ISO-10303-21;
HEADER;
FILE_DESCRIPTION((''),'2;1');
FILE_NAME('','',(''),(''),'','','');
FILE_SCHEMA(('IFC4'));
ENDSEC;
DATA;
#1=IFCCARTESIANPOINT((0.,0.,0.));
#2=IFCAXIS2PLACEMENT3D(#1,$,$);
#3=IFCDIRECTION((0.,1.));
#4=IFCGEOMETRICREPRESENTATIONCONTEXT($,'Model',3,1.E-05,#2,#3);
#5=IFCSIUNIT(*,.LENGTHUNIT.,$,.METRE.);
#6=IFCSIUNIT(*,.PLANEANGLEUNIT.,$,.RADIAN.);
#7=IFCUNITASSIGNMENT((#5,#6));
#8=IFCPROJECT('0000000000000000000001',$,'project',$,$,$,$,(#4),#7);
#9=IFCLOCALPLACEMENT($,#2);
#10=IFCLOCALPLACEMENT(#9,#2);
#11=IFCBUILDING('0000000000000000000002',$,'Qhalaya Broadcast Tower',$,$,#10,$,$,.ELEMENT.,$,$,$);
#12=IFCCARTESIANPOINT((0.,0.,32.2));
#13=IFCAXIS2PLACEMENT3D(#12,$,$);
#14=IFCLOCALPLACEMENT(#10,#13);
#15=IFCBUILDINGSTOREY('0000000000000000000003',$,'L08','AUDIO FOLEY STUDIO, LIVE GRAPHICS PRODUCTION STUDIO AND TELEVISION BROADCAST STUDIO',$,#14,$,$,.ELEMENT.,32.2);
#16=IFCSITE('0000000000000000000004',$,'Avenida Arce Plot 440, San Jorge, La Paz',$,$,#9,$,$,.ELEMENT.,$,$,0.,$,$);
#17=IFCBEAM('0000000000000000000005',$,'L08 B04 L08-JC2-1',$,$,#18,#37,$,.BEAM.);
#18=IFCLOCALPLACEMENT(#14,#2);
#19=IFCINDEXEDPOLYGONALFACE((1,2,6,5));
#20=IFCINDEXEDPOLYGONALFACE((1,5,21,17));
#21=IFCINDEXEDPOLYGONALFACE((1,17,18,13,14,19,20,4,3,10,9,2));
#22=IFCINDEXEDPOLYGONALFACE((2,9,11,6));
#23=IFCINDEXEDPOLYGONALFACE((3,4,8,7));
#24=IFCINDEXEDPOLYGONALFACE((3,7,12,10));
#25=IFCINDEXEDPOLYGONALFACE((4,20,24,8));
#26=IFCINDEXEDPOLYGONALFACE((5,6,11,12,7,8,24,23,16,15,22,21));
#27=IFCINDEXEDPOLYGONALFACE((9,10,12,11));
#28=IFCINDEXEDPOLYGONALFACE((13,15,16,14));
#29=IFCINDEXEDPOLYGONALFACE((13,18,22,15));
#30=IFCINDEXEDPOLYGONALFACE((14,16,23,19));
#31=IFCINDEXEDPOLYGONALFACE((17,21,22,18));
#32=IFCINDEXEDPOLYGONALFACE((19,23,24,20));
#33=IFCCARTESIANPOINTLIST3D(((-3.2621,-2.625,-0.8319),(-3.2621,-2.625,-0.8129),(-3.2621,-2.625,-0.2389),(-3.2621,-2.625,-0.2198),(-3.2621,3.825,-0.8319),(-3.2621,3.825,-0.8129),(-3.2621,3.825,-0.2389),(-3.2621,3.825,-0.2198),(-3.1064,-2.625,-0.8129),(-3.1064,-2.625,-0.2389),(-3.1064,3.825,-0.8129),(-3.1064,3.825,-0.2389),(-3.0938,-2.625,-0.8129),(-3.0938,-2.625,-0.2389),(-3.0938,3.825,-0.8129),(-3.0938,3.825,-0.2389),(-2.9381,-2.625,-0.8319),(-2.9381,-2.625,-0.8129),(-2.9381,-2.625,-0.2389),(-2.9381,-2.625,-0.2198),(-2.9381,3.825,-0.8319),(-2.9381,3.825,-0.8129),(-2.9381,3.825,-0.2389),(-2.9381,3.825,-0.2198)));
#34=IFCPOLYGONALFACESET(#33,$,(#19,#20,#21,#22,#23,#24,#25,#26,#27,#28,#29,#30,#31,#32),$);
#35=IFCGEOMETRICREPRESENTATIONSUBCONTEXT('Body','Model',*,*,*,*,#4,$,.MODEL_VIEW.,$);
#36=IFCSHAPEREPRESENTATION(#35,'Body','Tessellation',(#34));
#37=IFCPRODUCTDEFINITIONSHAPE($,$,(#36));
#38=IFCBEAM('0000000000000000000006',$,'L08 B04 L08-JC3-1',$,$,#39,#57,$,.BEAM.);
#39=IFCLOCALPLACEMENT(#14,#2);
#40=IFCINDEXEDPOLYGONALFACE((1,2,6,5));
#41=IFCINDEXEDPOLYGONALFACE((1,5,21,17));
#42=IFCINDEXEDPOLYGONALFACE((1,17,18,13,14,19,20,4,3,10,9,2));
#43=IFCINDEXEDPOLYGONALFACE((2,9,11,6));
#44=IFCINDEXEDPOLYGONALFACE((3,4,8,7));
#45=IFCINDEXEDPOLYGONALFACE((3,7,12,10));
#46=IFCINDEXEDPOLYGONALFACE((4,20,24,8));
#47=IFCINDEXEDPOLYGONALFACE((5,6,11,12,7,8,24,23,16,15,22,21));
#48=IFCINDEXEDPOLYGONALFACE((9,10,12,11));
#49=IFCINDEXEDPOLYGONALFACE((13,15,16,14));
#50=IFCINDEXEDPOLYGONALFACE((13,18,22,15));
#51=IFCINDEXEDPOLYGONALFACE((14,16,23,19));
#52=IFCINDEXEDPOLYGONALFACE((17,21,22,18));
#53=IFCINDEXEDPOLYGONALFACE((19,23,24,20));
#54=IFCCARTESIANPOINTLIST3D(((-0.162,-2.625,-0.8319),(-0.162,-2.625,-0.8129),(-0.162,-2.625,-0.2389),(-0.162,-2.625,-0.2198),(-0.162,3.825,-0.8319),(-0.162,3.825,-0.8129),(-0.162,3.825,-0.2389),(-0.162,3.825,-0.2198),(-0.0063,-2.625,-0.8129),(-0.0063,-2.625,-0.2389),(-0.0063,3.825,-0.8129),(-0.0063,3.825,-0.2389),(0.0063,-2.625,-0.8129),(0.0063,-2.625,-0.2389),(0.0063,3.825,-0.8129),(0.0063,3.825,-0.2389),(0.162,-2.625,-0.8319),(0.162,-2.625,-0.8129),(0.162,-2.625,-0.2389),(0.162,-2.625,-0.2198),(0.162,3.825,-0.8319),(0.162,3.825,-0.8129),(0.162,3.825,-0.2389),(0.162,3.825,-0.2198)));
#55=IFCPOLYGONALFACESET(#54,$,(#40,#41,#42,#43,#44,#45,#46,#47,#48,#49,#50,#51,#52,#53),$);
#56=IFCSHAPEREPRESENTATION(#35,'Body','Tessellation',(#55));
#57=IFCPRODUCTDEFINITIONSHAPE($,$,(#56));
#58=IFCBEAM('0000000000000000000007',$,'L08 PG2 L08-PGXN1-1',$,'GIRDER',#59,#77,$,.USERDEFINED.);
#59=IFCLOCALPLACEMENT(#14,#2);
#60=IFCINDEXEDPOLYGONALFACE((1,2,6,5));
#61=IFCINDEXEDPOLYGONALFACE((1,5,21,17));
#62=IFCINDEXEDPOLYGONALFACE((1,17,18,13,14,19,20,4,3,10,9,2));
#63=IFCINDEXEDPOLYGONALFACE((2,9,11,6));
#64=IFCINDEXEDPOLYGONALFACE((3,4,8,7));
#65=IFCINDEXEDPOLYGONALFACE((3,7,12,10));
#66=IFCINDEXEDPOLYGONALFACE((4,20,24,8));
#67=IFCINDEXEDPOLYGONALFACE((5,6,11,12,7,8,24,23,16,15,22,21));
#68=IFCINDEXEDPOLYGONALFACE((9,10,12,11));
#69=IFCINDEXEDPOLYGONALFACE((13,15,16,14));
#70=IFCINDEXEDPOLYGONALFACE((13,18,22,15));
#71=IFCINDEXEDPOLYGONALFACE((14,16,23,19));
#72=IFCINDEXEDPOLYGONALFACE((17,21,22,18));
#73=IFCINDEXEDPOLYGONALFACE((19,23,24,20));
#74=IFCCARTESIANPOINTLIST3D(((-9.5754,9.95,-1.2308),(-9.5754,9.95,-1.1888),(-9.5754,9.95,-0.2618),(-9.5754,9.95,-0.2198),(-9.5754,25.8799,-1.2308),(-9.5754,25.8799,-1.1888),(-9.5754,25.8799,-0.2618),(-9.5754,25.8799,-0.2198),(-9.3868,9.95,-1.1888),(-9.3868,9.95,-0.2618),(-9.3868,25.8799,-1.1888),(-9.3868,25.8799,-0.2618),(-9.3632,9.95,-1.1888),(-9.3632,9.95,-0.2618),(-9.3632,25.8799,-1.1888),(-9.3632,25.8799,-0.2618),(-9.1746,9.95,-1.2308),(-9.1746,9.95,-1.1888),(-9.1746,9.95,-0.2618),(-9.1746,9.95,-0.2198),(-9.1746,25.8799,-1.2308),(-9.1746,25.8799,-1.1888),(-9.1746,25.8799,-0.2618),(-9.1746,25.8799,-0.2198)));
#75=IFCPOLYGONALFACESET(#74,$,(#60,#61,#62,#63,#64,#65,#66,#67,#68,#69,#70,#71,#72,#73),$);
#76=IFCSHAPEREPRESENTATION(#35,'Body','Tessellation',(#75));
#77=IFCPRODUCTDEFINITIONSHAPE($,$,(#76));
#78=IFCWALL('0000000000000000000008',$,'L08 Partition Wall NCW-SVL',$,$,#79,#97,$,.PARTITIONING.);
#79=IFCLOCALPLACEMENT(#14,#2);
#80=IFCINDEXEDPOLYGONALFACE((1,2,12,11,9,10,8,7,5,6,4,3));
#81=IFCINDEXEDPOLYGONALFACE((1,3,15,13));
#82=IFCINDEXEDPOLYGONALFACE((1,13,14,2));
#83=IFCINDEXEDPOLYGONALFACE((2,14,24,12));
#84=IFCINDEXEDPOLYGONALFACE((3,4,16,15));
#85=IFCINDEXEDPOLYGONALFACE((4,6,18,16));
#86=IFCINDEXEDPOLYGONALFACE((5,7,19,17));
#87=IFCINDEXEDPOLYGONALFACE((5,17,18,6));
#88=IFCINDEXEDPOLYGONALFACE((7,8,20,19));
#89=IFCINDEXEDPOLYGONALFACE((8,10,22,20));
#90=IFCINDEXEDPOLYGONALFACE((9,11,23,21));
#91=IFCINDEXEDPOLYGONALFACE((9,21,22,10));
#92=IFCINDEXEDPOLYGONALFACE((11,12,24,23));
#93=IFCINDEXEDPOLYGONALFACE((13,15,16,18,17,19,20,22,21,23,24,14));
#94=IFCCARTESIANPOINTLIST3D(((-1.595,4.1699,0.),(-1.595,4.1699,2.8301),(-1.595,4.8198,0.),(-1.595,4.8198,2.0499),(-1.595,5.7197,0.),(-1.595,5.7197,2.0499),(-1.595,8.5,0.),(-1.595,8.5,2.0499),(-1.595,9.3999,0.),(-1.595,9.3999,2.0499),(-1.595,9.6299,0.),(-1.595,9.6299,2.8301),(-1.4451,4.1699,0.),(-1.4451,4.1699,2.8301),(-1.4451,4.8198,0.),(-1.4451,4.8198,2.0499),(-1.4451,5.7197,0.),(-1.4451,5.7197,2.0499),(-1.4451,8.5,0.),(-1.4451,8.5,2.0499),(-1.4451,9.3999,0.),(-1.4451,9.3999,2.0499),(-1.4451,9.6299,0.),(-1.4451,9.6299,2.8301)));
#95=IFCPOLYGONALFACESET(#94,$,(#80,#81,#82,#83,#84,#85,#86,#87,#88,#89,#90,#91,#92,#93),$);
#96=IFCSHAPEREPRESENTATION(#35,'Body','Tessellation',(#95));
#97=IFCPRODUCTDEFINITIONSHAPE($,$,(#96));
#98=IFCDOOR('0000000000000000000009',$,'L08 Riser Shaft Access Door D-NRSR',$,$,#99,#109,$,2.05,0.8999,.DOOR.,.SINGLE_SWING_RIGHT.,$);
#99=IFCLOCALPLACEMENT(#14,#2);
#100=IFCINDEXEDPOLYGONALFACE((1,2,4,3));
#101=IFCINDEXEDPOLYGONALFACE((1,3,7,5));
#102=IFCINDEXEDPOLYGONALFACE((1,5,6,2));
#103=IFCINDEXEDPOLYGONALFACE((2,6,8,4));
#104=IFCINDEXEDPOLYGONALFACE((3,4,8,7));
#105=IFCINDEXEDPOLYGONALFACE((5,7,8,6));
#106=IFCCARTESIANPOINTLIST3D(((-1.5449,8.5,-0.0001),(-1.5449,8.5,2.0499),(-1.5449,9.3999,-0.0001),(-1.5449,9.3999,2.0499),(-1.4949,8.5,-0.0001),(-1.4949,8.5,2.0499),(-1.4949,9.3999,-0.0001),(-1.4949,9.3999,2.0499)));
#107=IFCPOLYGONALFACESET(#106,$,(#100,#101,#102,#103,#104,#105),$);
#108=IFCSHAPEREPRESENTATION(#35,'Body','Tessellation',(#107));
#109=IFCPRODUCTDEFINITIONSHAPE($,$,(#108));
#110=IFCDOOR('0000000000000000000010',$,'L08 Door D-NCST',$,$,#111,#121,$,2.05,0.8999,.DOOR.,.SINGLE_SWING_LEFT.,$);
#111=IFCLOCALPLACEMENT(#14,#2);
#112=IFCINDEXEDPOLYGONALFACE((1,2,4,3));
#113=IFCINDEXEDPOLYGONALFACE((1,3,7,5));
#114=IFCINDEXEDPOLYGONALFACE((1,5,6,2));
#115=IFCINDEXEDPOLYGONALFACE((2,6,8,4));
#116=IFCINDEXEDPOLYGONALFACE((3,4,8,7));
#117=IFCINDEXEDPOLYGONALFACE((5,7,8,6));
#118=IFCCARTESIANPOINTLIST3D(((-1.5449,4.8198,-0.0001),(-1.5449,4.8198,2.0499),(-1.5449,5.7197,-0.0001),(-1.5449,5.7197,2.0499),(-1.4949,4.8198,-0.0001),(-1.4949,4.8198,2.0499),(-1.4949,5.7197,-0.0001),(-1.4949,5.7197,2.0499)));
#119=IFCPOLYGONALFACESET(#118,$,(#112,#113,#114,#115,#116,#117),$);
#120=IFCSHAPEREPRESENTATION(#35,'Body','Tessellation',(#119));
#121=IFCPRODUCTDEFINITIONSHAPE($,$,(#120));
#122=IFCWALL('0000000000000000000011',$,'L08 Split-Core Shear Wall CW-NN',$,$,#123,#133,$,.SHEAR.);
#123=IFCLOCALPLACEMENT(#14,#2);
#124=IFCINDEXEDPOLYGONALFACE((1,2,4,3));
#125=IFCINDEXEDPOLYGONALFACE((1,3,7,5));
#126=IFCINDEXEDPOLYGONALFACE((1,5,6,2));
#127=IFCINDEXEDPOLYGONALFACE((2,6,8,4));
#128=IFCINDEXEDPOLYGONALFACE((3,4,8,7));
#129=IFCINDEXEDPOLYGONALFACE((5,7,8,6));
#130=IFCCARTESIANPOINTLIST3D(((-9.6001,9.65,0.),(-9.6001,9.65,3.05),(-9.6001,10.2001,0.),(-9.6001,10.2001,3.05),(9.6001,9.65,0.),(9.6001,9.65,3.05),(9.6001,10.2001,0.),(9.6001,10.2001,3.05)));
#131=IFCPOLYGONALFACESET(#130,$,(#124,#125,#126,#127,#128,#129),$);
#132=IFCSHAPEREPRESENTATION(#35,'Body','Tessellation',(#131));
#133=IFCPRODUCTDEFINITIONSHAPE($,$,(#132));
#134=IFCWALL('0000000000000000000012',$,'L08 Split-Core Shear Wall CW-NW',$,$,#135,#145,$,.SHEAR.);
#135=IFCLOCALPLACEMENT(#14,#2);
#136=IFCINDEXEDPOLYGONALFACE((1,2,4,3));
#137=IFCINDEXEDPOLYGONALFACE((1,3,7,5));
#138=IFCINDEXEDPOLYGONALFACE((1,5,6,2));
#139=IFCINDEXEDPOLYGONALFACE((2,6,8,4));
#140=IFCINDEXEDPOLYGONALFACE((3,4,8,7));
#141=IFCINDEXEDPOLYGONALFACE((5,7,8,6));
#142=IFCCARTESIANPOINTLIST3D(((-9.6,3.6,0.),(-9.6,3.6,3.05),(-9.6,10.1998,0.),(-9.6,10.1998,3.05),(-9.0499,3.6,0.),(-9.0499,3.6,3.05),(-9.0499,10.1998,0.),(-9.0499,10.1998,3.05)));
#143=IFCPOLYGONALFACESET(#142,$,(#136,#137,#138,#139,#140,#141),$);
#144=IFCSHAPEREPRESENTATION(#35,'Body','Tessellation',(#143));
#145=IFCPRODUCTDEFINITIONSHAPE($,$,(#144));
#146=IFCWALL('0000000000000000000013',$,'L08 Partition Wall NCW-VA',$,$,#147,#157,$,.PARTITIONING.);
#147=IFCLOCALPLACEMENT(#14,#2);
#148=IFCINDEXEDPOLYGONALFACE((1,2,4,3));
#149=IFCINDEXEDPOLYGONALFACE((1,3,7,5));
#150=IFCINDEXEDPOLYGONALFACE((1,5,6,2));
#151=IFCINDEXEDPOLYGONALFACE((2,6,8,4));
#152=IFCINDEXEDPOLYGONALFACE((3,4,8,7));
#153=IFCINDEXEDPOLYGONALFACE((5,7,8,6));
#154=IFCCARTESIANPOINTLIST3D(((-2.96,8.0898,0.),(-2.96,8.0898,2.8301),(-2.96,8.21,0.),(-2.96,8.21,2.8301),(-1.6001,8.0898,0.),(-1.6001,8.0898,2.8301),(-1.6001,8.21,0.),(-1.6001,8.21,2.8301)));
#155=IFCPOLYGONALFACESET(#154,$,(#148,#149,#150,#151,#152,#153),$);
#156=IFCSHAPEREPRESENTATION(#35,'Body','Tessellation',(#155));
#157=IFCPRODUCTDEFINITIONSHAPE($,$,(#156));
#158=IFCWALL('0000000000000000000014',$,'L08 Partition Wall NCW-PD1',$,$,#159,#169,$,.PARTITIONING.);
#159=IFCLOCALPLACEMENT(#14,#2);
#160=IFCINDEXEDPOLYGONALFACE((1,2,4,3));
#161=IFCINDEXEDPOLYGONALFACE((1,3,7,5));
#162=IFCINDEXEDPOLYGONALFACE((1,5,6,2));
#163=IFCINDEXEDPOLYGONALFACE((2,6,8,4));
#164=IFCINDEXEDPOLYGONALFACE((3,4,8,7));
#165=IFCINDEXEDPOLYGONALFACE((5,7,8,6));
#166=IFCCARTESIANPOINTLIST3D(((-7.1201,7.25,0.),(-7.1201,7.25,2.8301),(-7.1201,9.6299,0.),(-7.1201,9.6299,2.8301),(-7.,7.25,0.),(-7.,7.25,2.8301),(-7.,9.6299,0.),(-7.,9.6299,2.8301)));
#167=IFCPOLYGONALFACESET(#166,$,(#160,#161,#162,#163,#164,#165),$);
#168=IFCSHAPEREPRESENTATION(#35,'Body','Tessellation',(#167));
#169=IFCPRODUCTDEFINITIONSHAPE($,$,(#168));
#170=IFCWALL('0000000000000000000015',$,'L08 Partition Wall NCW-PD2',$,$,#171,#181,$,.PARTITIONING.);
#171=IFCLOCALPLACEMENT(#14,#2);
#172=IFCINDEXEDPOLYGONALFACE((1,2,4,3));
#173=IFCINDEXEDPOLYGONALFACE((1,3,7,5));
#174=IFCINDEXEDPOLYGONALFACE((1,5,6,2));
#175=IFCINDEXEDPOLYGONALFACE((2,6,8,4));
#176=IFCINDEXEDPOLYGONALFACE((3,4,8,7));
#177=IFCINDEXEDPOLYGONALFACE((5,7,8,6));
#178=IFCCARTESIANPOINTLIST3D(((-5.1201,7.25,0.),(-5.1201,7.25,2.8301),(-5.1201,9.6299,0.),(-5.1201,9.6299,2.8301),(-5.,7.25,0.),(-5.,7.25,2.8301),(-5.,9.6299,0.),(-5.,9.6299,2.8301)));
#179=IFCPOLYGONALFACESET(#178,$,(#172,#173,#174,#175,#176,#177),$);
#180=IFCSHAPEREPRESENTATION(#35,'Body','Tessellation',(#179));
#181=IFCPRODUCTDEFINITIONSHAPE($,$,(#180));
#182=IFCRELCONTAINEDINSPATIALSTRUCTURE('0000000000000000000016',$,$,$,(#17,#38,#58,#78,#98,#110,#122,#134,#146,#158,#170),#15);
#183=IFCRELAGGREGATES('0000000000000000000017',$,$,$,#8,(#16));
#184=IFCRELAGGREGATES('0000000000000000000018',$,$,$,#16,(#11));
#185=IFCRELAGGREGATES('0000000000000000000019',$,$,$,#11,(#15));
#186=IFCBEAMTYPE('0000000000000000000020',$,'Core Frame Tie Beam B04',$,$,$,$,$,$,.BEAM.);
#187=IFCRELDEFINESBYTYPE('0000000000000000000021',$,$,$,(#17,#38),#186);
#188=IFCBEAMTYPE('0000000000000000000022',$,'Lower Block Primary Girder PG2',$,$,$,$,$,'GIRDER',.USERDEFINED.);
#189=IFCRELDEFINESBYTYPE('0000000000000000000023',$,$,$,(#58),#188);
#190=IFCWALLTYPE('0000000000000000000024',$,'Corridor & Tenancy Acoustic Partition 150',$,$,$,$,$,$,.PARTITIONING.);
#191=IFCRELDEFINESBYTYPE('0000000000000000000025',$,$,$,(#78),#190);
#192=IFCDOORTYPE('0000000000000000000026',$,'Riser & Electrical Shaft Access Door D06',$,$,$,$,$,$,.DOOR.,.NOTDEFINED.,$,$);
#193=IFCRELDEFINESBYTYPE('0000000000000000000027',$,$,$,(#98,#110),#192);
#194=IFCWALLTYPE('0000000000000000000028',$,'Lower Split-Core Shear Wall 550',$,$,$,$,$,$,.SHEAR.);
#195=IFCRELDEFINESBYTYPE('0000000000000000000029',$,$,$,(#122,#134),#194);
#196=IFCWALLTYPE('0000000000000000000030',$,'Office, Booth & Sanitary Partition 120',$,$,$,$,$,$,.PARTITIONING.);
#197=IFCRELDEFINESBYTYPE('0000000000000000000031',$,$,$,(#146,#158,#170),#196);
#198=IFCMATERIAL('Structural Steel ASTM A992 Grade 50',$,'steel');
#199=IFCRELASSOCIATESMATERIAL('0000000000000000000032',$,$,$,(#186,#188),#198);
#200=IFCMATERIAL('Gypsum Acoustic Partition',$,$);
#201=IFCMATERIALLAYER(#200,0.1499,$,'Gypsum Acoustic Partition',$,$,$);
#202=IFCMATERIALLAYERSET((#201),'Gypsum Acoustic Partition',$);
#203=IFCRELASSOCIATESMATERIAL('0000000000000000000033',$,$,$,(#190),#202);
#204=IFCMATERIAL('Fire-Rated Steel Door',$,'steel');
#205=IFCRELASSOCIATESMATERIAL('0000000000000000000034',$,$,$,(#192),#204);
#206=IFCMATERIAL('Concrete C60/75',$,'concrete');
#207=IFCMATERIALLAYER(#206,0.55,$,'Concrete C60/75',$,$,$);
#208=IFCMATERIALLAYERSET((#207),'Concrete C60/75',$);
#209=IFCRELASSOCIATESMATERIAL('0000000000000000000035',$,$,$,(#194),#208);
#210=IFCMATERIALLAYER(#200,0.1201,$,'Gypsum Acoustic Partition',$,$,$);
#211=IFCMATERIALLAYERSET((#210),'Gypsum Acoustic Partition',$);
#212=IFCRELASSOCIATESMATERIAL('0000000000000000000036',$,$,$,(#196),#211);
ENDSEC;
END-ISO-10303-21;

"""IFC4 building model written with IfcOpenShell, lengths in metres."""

from ifc_helpers import new_model, si_unit, direction, frame, frame_2d, origin, origin_2d, place, context, subcontext, project, spatial, rectangle, i_section, extrude, material, layer, layer_set, material_profile, profile_set, type_object, element, fill, save


model = new_model("IFC4")

# Units and contexts
model_context = context("Model", 3, precision=1e-05, world=origin(), true_north=direction((0.0, 1.0)))
body_context = subcontext(model_context, "Body", "Model", "MODEL_VIEW")
ifc_project = project(units=[si_unit("LENGTHUNIT", "METRE"), si_unit("PLANEANGLEUNIT", "RADIAN")], contexts=[model_context])

# Site, building, storey
site_placement = place(None, origin())
site = spatial("IfcSite", under=ifc_project, at=site_placement, Name="Avenida Arce Plot 440, San Jorge, La Paz", CompositionType="ELEMENT", RefElevation=0.0)
building_placement = place(site_placement, origin())
building = spatial("IfcBuilding", under=site, at=building_placement, Name="Qhalaya Broadcast Tower", CompositionType="ELEMENT")
storey_placement = place(building_placement, frame((0.0, 0.0, 32.2)))
storey = spatial("IfcBuildingStorey", under=building, at=storey_placement, Name="L08", Description="AUDIO FOLEY STUDIO, LIVE GRAPHICS PRODUCTION STUDIO AND TELEVISION BROADCAST STUDIO", CompositionType="ELEMENT", Elevation=32.2)

# Beams
ifc_material_1 = material(Name="Structural Steel ASTM A992 Grade 50", Category="steel")
ifc_material_profile_1 = material_profile(ifc_material_1, i_section(OverallWidth=0.324, OverallDepth=0.6121, WebThickness=0.0127, FlangeThickness=0.019, at=origin_2d()), Name="W24X104")
ifc_profile_set_1 = profile_set([ifc_material_profile_1], Name="Structural Steel ASTM A992 Grade 50")
beam_type_1 = type_object("IfcBeamType", Name="Core Frame Tie Beam B04", PredefinedType="BEAM", material=ifc_profile_set_1)
for number, where, z_axis, x_axis, name in (
    (1, (-3.1001, -2.625, -0.5259), (0.0, 1.0, 0.0), (-1.0, 0.0, 0.0), "L08 B04 L08-JC2-1"),
    (2, (0.0, -2.625, -0.5259), (0.0, 1.0, 0.0), (-1.0, 0.0, 0.0), "L08 B04 L08-JC3-1"),
):
    element("IfcBeam", number, at=place(storey_placement, frame(where, z_axis=z_axis, x_axis=x_axis)), inside=storey, type_object=beam_type_1, Name=name, PredefinedType="BEAM", context=body_context, shape_type="SweptSolid", body=[
        extrude(i_section(OverallWidth=0.324, OverallDepth=0.6121, WebThickness=0.0127, FlangeThickness=0.019, at=origin_2d()), origin(), (0.0, 0.0, 1.0), 6.45),
    ])
ifc_material_profile_2 = material_profile(ifc_material_1, i_section(OverallWidth=0.4009, OverallDepth=1.011, WebThickness=0.0237, FlangeThickness=0.042, at=origin_2d()), Name="W40X297")
ifc_profile_set_2 = profile_set([ifc_material_profile_2], Name="Structural Steel ASTM A992 Grade 50")
beam_type_2 = type_object("IfcBeamType", Name="Lower Block Primary Girder PG2", ElementType="GIRDER", PredefinedType="USERDEFINED", material=ifc_profile_set_2)
beam_1_placement = place(storey_placement, frame((-9.375, 9.95, -0.7253), z_axis=(0.0, 1.0, 0.0), x_axis=(-1.0, 0.0, 0.0)))
element("IfcBeam", 3, at=beam_1_placement, inside=storey, type_object=beam_type_2, Name="L08 PG2 L08-PGXN1-1", ObjectType="GIRDER", PredefinedType="USERDEFINED", context=body_context, shape_type="SweptSolid", body=[
    extrude(i_section(OverallWidth=0.4009, OverallDepth=1.011, WebThickness=0.0237, FlangeThickness=0.042, at=origin_2d()), origin(), (0.0, 0.0, 1.0), 15.9299),
])

# Wall, openings, doors
ifc_material_2 = material(Name="Gypsum Acoustic Partition")
ifc_layer_1 = layer(ifc_material_2, 0.1499, Name="Gypsum Acoustic Partition")
ifc_layer_set_1 = layer_set([ifc_layer_1], Name="Gypsum Acoustic Partition")
wall_type_1 = type_object("IfcWallType", Name="Corridor & Tenancy Acoustic Partition 150", PredefinedType="PARTITIONING", material=ifc_layer_set_1)
wall_1_placement = place(storey_placement, frame((-1.52, 4.1699, 0.0), z_axis=(0.0, 0.0, 1.0), x_axis=(0.0, 1.0, 0.0)))
wall_1 = element("IfcWall", 4, at=wall_1_placement, inside=storey, type_object=wall_type_1, Name="L08 Partition Wall NCW-SVL", PredefinedType="PARTITIONING", context=body_context, shape_type="SweptSolid", body=[
    extrude(rectangle(XDim=5.46, YDim=0.1499, at=frame_2d((2.73, 0.0))), origin(), (0.0, 0.0, 1.0), 2.8301),
])
opening_1_placement = place(wall_1_placement, frame((4.3301, 0.0, 0.0)))
opening_1 = element("IfcOpeningElement", 5, at=opening_1_placement, cuts=wall_1, PredefinedType="OPENING", context=body_context, shape_type="SweptSolid", body=[
    extrude(rectangle(XDim=0.8999, YDim=2.05, at=frame_2d((0.45, 1.0249))), frame((0.0, 0.0869, 0.0), z_axis=(0.0, -1.0, 0.0), x_axis=(1.0, 0.0, 0.0)), (0.0, 0.0, 1.0), 0.1738),
])
opening_2_placement = place(wall_1_placement, frame((0.6499, 0.0, 0.0)))
opening_2 = element("IfcOpeningElement", 6, at=opening_2_placement, cuts=wall_1, PredefinedType="OPENING", context=body_context, shape_type="SweptSolid", body=[
    extrude(rectangle(XDim=0.8999, YDim=2.05, at=frame_2d((0.45, 1.0249))), frame((0.0, 0.0869, 0.0), z_axis=(0.0, -1.0, 0.0), x_axis=(1.0, 0.0, 0.0)), (0.0, 0.0, 1.0), 0.1738),
])
ifc_material_3 = material(Name="Fire-Rated Steel Door", Category="steel")
door_type_1 = type_object("IfcDoorType", Name="Riser & Electrical Shaft Access Door D06", OperationType="NOTDEFINED", PredefinedType="DOOR", material=ifc_material_3)
door_1_placement = place(opening_1_placement, origin())
door_1 = element("IfcDoor", 7, at=door_1_placement, inside=storey, type_object=door_type_1, Name="L08 Riser Shaft Access Door D-NRSR", OperationType="SINGLE_SWING_RIGHT", OverallHeight=2.05, OverallWidth=0.8999, PredefinedType="DOOR", context=body_context, shape_type="SweptSolid", body=[
    extrude(rectangle(XDim=0.8999, YDim=2.05, at=frame_2d((0.45, 1.0249))), frame((0.0, 0.0249, 0.0), z_axis=(0.0, -1.0, 0.0), x_axis=(1.0, 0.0, 0.0)), (0.0, 0.0, 1.0), 0.05),
])
fill(opening_1, door_1)
door_2_placement = place(opening_2_placement, origin())
door_2 = element("IfcDoor", 8, at=door_2_placement, inside=storey, type_object=door_type_1, Name="L08 Door D-NCST", OperationType="SINGLE_SWING_LEFT", OverallHeight=2.05, OverallWidth=0.8999, PredefinedType="DOOR", context=body_context, shape_type="SweptSolid", body=[
    extrude(rectangle(XDim=0.8999, YDim=2.05, at=frame_2d((0.45, 1.0249))), frame((0.0, 0.0249, 0.0), z_axis=(0.0, -1.0, 0.0), x_axis=(1.0, 0.0, 0.0)), (0.0, 0.0, 1.0), 0.05),
])
fill(opening_2, door_2)

# Walls
ifc_material_4 = material(Name="Concrete C60/75", Category="concrete")
ifc_layer_2 = layer(ifc_material_4, 0.55, Name="Concrete C60/75")
ifc_layer_set_2 = layer_set([ifc_layer_2], Name="Concrete C60/75")
wall_type_2 = type_object("IfcWallType", Name="Lower Split-Core Shear Wall 550", PredefinedType="SHEAR", material=ifc_layer_set_2)
wall_2_placement = place(storey_placement, frame((-9.6001, 9.925, 0.0), z_axis=(0.0, 0.0, 1.0), x_axis=(1.0, 0.0, 0.0)))
element("IfcWall", 9, at=wall_2_placement, inside=storey, type_object=wall_type_2, Name="L08 Split-Core Shear Wall CW-NN", PredefinedType="SHEAR", context=body_context, shape_type="SweptSolid", body=[
    extrude(rectangle(XDim=19.2002, YDim=0.55, at=frame_2d((9.6001, 0.0))), origin(), (0.0, 0.0, 1.0), 3.05),
])
wall_3_placement = place(storey_placement, frame((-9.325, 3.6001, 0.0), z_axis=(0.0, 0.0, 1.0), x_axis=(0.0, 1.0, 0.0)))
element("IfcWall", 10, at=wall_3_placement, inside=storey, type_object=wall_type_2, Name="L08 Split-Core Shear Wall CW-NW", PredefinedType="SHEAR", context=body_context, shape_type="SweptSolid", body=[
    extrude(rectangle(XDim=6.5999, YDim=0.55, at=frame_2d((3.2998, 0.0))), origin(), (0.0, 0.0, 1.0), 3.05),
])
ifc_layer_3 = layer(ifc_material_2, 0.1201, Name="Gypsum Acoustic Partition")
ifc_layer_set_3 = layer_set([ifc_layer_3], Name="Gypsum Acoustic Partition")
wall_type_3 = type_object("IfcWallType", Name="Office, Booth & Sanitary Partition 120", PredefinedType="PARTITIONING", material=ifc_layer_set_3)
wall_4_placement = place(storey_placement, frame((-2.96, 8.1499, 0.0), z_axis=(0.0, 0.0, 1.0), x_axis=(1.0, 0.0, 0.0)))
element("IfcWall", 11, at=wall_4_placement, inside=storey, type_object=wall_type_3, Name="L08 Partition Wall NCW-VA", PredefinedType="PARTITIONING", context=body_context, shape_type="SweptSolid", body=[
    extrude(rectangle(XDim=1.3599, YDim=0.1201, at=frame_2d((0.6799, 0.0))), origin(), (0.0, 0.0, 1.0), 2.8301),
])
for number, where, z_axis, x_axis, name in (
    (12, (-7.0601, 7.25, 0.0), (0.0, 0.0, 1.0), (0.0, 1.0, 0.0), "L08 Partition Wall NCW-PD1"),
    (13, (-5.0601, 7.25, 0.0), (0.0, 0.0, 1.0), (0.0, 1.0, 0.0), "L08 Partition Wall NCW-PD2"),
):
    element("IfcWall", number, at=place(storey_placement, frame(where, z_axis=z_axis, x_axis=x_axis)), inside=storey, type_object=wall_type_3, Name=name, PredefinedType="PARTITIONING", context=body_context, shape_type="SweptSolid", body=[
        extrude(rectangle(XDim=2.3799, YDim=0.1201, at=frame_2d((1.1899, 0.0))), origin(), (0.0, 0.0, 1.0), 2.8301),
    ])

save(model, "model.ifc")
